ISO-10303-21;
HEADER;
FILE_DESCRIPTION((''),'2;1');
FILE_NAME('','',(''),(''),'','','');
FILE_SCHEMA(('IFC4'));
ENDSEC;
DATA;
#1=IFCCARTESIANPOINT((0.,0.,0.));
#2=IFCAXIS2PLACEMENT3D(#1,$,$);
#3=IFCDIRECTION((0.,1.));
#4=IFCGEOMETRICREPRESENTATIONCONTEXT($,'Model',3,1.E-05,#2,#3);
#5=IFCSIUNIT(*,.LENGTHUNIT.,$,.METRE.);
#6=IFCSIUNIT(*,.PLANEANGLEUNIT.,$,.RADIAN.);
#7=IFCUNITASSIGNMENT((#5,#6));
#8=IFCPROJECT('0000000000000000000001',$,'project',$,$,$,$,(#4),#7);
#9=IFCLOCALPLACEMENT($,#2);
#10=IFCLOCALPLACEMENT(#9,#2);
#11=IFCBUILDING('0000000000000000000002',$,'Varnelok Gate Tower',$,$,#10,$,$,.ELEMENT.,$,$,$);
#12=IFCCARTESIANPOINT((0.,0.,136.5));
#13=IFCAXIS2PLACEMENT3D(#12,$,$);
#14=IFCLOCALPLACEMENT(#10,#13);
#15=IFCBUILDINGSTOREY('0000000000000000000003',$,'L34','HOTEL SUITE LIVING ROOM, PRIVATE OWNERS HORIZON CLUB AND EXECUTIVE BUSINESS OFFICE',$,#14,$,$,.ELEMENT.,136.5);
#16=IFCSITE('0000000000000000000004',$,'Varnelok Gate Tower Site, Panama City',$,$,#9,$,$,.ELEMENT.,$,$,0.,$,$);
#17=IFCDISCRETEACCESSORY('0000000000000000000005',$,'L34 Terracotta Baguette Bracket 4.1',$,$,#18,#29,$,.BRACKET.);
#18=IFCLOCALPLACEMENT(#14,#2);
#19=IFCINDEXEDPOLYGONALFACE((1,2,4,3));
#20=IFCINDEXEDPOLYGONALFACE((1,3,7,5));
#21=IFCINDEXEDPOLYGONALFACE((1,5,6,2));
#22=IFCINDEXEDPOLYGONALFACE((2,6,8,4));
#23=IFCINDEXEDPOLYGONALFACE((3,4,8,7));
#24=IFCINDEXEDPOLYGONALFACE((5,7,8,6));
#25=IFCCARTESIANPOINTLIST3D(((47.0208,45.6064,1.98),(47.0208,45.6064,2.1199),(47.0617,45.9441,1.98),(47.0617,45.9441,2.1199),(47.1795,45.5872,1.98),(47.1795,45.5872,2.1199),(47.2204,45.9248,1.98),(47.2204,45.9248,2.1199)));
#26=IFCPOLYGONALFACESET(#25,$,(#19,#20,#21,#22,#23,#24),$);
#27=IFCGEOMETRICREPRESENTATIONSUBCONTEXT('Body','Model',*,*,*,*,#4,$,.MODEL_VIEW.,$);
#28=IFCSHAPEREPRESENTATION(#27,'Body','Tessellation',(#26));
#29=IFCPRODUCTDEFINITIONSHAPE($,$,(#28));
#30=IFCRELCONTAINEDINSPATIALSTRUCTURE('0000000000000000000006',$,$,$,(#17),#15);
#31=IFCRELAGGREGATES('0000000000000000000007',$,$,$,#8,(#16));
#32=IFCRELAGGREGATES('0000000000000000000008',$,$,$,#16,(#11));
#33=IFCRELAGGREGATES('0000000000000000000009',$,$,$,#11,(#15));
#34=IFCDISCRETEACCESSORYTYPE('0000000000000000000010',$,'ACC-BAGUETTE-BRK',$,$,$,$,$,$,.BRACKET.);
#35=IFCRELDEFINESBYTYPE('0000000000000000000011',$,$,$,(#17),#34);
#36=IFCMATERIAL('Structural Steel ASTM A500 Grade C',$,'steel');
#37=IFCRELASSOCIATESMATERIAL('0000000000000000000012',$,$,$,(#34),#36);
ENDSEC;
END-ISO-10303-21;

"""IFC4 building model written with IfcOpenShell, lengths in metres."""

from ifc_helpers import new_model, si_unit, direction, frame, origin, origin_2d, place, context, subcontext, project, spatial, rectangle, extrude, source, transform, mapped, material, type_object, element, save


model = new_model("IFC4")

# Units and contexts
model_context = context("Model", 3, precision=1e-05, world=origin(), true_north=direction((0.0, 1.0)))
body_context = subcontext(model_context, "Body", "Model", "MODEL_VIEW")
ifc_project = project(units=[si_unit("LENGTHUNIT", "METRE"), si_unit("PLANEANGLEUNIT", "RADIAN")], contexts=[model_context])

# Site, building, storey
site_placement = place(None, origin())
site = spatial("IfcSite", under=ifc_project, at=site_placement, Name="Varnelok Gate Tower Site, Panama City", CompositionType="ELEMENT", RefElevation=0.0)
building_placement = place(site_placement, origin())
building = spatial("IfcBuilding", under=site, at=building_placement, Name="Varnelok Gate Tower", CompositionType="ELEMENT")
storey_placement = place(building_placement, frame((0.0, 0.0, 136.5)))
storey = spatial("IfcBuildingStorey", under=building, at=storey_placement, Name="L34", Description="HOTEL SUITE LIVING ROOM, PRIVATE OWNERS HORIZON CLUB AND EXECUTIVE BUSINESS OFFICE", CompositionType="ELEMENT", Elevation=136.5)

# Discrete accessory
ifc_material_1 = material(Name="Structural Steel ASTM A500 Grade C", Category="steel")
discrete_accessory_type = type_object("IfcDiscreteAccessoryType", Name="ACC-BAGUETTE-BRK", PredefinedType="BRACKET", material=ifc_material_1)
shared_shape_1 = source(origin(), body_context, "Body", "SweptSolid", [
    extrude(rectangle(XDim=0.1599, YDim=0.3401, at=origin_2d()), origin(), (0.0, 0.0, 1.0), 0.1399),
])
discrete_accessory_placement = place(storey_placement, frame((47.1206, 45.7656, 1.98), z_axis=(0.0, 0.0, 1.0), x_axis=(0.992732, -0.120345, 0.0)))
element("IfcDiscreteAccessory", 1, at=discrete_accessory_placement, inside=storey, type_object=discrete_accessory_type, Name="L34 Terracotta Baguette Bracket 4.1", PredefinedType="BRACKET", context=body_context, shape_type="MappedRepresentation", body=[
    mapped(shared_shape_1, transform((0.0, 0.0, 0.0), scale=1.0)),
])

save(model, "model.ifc")
